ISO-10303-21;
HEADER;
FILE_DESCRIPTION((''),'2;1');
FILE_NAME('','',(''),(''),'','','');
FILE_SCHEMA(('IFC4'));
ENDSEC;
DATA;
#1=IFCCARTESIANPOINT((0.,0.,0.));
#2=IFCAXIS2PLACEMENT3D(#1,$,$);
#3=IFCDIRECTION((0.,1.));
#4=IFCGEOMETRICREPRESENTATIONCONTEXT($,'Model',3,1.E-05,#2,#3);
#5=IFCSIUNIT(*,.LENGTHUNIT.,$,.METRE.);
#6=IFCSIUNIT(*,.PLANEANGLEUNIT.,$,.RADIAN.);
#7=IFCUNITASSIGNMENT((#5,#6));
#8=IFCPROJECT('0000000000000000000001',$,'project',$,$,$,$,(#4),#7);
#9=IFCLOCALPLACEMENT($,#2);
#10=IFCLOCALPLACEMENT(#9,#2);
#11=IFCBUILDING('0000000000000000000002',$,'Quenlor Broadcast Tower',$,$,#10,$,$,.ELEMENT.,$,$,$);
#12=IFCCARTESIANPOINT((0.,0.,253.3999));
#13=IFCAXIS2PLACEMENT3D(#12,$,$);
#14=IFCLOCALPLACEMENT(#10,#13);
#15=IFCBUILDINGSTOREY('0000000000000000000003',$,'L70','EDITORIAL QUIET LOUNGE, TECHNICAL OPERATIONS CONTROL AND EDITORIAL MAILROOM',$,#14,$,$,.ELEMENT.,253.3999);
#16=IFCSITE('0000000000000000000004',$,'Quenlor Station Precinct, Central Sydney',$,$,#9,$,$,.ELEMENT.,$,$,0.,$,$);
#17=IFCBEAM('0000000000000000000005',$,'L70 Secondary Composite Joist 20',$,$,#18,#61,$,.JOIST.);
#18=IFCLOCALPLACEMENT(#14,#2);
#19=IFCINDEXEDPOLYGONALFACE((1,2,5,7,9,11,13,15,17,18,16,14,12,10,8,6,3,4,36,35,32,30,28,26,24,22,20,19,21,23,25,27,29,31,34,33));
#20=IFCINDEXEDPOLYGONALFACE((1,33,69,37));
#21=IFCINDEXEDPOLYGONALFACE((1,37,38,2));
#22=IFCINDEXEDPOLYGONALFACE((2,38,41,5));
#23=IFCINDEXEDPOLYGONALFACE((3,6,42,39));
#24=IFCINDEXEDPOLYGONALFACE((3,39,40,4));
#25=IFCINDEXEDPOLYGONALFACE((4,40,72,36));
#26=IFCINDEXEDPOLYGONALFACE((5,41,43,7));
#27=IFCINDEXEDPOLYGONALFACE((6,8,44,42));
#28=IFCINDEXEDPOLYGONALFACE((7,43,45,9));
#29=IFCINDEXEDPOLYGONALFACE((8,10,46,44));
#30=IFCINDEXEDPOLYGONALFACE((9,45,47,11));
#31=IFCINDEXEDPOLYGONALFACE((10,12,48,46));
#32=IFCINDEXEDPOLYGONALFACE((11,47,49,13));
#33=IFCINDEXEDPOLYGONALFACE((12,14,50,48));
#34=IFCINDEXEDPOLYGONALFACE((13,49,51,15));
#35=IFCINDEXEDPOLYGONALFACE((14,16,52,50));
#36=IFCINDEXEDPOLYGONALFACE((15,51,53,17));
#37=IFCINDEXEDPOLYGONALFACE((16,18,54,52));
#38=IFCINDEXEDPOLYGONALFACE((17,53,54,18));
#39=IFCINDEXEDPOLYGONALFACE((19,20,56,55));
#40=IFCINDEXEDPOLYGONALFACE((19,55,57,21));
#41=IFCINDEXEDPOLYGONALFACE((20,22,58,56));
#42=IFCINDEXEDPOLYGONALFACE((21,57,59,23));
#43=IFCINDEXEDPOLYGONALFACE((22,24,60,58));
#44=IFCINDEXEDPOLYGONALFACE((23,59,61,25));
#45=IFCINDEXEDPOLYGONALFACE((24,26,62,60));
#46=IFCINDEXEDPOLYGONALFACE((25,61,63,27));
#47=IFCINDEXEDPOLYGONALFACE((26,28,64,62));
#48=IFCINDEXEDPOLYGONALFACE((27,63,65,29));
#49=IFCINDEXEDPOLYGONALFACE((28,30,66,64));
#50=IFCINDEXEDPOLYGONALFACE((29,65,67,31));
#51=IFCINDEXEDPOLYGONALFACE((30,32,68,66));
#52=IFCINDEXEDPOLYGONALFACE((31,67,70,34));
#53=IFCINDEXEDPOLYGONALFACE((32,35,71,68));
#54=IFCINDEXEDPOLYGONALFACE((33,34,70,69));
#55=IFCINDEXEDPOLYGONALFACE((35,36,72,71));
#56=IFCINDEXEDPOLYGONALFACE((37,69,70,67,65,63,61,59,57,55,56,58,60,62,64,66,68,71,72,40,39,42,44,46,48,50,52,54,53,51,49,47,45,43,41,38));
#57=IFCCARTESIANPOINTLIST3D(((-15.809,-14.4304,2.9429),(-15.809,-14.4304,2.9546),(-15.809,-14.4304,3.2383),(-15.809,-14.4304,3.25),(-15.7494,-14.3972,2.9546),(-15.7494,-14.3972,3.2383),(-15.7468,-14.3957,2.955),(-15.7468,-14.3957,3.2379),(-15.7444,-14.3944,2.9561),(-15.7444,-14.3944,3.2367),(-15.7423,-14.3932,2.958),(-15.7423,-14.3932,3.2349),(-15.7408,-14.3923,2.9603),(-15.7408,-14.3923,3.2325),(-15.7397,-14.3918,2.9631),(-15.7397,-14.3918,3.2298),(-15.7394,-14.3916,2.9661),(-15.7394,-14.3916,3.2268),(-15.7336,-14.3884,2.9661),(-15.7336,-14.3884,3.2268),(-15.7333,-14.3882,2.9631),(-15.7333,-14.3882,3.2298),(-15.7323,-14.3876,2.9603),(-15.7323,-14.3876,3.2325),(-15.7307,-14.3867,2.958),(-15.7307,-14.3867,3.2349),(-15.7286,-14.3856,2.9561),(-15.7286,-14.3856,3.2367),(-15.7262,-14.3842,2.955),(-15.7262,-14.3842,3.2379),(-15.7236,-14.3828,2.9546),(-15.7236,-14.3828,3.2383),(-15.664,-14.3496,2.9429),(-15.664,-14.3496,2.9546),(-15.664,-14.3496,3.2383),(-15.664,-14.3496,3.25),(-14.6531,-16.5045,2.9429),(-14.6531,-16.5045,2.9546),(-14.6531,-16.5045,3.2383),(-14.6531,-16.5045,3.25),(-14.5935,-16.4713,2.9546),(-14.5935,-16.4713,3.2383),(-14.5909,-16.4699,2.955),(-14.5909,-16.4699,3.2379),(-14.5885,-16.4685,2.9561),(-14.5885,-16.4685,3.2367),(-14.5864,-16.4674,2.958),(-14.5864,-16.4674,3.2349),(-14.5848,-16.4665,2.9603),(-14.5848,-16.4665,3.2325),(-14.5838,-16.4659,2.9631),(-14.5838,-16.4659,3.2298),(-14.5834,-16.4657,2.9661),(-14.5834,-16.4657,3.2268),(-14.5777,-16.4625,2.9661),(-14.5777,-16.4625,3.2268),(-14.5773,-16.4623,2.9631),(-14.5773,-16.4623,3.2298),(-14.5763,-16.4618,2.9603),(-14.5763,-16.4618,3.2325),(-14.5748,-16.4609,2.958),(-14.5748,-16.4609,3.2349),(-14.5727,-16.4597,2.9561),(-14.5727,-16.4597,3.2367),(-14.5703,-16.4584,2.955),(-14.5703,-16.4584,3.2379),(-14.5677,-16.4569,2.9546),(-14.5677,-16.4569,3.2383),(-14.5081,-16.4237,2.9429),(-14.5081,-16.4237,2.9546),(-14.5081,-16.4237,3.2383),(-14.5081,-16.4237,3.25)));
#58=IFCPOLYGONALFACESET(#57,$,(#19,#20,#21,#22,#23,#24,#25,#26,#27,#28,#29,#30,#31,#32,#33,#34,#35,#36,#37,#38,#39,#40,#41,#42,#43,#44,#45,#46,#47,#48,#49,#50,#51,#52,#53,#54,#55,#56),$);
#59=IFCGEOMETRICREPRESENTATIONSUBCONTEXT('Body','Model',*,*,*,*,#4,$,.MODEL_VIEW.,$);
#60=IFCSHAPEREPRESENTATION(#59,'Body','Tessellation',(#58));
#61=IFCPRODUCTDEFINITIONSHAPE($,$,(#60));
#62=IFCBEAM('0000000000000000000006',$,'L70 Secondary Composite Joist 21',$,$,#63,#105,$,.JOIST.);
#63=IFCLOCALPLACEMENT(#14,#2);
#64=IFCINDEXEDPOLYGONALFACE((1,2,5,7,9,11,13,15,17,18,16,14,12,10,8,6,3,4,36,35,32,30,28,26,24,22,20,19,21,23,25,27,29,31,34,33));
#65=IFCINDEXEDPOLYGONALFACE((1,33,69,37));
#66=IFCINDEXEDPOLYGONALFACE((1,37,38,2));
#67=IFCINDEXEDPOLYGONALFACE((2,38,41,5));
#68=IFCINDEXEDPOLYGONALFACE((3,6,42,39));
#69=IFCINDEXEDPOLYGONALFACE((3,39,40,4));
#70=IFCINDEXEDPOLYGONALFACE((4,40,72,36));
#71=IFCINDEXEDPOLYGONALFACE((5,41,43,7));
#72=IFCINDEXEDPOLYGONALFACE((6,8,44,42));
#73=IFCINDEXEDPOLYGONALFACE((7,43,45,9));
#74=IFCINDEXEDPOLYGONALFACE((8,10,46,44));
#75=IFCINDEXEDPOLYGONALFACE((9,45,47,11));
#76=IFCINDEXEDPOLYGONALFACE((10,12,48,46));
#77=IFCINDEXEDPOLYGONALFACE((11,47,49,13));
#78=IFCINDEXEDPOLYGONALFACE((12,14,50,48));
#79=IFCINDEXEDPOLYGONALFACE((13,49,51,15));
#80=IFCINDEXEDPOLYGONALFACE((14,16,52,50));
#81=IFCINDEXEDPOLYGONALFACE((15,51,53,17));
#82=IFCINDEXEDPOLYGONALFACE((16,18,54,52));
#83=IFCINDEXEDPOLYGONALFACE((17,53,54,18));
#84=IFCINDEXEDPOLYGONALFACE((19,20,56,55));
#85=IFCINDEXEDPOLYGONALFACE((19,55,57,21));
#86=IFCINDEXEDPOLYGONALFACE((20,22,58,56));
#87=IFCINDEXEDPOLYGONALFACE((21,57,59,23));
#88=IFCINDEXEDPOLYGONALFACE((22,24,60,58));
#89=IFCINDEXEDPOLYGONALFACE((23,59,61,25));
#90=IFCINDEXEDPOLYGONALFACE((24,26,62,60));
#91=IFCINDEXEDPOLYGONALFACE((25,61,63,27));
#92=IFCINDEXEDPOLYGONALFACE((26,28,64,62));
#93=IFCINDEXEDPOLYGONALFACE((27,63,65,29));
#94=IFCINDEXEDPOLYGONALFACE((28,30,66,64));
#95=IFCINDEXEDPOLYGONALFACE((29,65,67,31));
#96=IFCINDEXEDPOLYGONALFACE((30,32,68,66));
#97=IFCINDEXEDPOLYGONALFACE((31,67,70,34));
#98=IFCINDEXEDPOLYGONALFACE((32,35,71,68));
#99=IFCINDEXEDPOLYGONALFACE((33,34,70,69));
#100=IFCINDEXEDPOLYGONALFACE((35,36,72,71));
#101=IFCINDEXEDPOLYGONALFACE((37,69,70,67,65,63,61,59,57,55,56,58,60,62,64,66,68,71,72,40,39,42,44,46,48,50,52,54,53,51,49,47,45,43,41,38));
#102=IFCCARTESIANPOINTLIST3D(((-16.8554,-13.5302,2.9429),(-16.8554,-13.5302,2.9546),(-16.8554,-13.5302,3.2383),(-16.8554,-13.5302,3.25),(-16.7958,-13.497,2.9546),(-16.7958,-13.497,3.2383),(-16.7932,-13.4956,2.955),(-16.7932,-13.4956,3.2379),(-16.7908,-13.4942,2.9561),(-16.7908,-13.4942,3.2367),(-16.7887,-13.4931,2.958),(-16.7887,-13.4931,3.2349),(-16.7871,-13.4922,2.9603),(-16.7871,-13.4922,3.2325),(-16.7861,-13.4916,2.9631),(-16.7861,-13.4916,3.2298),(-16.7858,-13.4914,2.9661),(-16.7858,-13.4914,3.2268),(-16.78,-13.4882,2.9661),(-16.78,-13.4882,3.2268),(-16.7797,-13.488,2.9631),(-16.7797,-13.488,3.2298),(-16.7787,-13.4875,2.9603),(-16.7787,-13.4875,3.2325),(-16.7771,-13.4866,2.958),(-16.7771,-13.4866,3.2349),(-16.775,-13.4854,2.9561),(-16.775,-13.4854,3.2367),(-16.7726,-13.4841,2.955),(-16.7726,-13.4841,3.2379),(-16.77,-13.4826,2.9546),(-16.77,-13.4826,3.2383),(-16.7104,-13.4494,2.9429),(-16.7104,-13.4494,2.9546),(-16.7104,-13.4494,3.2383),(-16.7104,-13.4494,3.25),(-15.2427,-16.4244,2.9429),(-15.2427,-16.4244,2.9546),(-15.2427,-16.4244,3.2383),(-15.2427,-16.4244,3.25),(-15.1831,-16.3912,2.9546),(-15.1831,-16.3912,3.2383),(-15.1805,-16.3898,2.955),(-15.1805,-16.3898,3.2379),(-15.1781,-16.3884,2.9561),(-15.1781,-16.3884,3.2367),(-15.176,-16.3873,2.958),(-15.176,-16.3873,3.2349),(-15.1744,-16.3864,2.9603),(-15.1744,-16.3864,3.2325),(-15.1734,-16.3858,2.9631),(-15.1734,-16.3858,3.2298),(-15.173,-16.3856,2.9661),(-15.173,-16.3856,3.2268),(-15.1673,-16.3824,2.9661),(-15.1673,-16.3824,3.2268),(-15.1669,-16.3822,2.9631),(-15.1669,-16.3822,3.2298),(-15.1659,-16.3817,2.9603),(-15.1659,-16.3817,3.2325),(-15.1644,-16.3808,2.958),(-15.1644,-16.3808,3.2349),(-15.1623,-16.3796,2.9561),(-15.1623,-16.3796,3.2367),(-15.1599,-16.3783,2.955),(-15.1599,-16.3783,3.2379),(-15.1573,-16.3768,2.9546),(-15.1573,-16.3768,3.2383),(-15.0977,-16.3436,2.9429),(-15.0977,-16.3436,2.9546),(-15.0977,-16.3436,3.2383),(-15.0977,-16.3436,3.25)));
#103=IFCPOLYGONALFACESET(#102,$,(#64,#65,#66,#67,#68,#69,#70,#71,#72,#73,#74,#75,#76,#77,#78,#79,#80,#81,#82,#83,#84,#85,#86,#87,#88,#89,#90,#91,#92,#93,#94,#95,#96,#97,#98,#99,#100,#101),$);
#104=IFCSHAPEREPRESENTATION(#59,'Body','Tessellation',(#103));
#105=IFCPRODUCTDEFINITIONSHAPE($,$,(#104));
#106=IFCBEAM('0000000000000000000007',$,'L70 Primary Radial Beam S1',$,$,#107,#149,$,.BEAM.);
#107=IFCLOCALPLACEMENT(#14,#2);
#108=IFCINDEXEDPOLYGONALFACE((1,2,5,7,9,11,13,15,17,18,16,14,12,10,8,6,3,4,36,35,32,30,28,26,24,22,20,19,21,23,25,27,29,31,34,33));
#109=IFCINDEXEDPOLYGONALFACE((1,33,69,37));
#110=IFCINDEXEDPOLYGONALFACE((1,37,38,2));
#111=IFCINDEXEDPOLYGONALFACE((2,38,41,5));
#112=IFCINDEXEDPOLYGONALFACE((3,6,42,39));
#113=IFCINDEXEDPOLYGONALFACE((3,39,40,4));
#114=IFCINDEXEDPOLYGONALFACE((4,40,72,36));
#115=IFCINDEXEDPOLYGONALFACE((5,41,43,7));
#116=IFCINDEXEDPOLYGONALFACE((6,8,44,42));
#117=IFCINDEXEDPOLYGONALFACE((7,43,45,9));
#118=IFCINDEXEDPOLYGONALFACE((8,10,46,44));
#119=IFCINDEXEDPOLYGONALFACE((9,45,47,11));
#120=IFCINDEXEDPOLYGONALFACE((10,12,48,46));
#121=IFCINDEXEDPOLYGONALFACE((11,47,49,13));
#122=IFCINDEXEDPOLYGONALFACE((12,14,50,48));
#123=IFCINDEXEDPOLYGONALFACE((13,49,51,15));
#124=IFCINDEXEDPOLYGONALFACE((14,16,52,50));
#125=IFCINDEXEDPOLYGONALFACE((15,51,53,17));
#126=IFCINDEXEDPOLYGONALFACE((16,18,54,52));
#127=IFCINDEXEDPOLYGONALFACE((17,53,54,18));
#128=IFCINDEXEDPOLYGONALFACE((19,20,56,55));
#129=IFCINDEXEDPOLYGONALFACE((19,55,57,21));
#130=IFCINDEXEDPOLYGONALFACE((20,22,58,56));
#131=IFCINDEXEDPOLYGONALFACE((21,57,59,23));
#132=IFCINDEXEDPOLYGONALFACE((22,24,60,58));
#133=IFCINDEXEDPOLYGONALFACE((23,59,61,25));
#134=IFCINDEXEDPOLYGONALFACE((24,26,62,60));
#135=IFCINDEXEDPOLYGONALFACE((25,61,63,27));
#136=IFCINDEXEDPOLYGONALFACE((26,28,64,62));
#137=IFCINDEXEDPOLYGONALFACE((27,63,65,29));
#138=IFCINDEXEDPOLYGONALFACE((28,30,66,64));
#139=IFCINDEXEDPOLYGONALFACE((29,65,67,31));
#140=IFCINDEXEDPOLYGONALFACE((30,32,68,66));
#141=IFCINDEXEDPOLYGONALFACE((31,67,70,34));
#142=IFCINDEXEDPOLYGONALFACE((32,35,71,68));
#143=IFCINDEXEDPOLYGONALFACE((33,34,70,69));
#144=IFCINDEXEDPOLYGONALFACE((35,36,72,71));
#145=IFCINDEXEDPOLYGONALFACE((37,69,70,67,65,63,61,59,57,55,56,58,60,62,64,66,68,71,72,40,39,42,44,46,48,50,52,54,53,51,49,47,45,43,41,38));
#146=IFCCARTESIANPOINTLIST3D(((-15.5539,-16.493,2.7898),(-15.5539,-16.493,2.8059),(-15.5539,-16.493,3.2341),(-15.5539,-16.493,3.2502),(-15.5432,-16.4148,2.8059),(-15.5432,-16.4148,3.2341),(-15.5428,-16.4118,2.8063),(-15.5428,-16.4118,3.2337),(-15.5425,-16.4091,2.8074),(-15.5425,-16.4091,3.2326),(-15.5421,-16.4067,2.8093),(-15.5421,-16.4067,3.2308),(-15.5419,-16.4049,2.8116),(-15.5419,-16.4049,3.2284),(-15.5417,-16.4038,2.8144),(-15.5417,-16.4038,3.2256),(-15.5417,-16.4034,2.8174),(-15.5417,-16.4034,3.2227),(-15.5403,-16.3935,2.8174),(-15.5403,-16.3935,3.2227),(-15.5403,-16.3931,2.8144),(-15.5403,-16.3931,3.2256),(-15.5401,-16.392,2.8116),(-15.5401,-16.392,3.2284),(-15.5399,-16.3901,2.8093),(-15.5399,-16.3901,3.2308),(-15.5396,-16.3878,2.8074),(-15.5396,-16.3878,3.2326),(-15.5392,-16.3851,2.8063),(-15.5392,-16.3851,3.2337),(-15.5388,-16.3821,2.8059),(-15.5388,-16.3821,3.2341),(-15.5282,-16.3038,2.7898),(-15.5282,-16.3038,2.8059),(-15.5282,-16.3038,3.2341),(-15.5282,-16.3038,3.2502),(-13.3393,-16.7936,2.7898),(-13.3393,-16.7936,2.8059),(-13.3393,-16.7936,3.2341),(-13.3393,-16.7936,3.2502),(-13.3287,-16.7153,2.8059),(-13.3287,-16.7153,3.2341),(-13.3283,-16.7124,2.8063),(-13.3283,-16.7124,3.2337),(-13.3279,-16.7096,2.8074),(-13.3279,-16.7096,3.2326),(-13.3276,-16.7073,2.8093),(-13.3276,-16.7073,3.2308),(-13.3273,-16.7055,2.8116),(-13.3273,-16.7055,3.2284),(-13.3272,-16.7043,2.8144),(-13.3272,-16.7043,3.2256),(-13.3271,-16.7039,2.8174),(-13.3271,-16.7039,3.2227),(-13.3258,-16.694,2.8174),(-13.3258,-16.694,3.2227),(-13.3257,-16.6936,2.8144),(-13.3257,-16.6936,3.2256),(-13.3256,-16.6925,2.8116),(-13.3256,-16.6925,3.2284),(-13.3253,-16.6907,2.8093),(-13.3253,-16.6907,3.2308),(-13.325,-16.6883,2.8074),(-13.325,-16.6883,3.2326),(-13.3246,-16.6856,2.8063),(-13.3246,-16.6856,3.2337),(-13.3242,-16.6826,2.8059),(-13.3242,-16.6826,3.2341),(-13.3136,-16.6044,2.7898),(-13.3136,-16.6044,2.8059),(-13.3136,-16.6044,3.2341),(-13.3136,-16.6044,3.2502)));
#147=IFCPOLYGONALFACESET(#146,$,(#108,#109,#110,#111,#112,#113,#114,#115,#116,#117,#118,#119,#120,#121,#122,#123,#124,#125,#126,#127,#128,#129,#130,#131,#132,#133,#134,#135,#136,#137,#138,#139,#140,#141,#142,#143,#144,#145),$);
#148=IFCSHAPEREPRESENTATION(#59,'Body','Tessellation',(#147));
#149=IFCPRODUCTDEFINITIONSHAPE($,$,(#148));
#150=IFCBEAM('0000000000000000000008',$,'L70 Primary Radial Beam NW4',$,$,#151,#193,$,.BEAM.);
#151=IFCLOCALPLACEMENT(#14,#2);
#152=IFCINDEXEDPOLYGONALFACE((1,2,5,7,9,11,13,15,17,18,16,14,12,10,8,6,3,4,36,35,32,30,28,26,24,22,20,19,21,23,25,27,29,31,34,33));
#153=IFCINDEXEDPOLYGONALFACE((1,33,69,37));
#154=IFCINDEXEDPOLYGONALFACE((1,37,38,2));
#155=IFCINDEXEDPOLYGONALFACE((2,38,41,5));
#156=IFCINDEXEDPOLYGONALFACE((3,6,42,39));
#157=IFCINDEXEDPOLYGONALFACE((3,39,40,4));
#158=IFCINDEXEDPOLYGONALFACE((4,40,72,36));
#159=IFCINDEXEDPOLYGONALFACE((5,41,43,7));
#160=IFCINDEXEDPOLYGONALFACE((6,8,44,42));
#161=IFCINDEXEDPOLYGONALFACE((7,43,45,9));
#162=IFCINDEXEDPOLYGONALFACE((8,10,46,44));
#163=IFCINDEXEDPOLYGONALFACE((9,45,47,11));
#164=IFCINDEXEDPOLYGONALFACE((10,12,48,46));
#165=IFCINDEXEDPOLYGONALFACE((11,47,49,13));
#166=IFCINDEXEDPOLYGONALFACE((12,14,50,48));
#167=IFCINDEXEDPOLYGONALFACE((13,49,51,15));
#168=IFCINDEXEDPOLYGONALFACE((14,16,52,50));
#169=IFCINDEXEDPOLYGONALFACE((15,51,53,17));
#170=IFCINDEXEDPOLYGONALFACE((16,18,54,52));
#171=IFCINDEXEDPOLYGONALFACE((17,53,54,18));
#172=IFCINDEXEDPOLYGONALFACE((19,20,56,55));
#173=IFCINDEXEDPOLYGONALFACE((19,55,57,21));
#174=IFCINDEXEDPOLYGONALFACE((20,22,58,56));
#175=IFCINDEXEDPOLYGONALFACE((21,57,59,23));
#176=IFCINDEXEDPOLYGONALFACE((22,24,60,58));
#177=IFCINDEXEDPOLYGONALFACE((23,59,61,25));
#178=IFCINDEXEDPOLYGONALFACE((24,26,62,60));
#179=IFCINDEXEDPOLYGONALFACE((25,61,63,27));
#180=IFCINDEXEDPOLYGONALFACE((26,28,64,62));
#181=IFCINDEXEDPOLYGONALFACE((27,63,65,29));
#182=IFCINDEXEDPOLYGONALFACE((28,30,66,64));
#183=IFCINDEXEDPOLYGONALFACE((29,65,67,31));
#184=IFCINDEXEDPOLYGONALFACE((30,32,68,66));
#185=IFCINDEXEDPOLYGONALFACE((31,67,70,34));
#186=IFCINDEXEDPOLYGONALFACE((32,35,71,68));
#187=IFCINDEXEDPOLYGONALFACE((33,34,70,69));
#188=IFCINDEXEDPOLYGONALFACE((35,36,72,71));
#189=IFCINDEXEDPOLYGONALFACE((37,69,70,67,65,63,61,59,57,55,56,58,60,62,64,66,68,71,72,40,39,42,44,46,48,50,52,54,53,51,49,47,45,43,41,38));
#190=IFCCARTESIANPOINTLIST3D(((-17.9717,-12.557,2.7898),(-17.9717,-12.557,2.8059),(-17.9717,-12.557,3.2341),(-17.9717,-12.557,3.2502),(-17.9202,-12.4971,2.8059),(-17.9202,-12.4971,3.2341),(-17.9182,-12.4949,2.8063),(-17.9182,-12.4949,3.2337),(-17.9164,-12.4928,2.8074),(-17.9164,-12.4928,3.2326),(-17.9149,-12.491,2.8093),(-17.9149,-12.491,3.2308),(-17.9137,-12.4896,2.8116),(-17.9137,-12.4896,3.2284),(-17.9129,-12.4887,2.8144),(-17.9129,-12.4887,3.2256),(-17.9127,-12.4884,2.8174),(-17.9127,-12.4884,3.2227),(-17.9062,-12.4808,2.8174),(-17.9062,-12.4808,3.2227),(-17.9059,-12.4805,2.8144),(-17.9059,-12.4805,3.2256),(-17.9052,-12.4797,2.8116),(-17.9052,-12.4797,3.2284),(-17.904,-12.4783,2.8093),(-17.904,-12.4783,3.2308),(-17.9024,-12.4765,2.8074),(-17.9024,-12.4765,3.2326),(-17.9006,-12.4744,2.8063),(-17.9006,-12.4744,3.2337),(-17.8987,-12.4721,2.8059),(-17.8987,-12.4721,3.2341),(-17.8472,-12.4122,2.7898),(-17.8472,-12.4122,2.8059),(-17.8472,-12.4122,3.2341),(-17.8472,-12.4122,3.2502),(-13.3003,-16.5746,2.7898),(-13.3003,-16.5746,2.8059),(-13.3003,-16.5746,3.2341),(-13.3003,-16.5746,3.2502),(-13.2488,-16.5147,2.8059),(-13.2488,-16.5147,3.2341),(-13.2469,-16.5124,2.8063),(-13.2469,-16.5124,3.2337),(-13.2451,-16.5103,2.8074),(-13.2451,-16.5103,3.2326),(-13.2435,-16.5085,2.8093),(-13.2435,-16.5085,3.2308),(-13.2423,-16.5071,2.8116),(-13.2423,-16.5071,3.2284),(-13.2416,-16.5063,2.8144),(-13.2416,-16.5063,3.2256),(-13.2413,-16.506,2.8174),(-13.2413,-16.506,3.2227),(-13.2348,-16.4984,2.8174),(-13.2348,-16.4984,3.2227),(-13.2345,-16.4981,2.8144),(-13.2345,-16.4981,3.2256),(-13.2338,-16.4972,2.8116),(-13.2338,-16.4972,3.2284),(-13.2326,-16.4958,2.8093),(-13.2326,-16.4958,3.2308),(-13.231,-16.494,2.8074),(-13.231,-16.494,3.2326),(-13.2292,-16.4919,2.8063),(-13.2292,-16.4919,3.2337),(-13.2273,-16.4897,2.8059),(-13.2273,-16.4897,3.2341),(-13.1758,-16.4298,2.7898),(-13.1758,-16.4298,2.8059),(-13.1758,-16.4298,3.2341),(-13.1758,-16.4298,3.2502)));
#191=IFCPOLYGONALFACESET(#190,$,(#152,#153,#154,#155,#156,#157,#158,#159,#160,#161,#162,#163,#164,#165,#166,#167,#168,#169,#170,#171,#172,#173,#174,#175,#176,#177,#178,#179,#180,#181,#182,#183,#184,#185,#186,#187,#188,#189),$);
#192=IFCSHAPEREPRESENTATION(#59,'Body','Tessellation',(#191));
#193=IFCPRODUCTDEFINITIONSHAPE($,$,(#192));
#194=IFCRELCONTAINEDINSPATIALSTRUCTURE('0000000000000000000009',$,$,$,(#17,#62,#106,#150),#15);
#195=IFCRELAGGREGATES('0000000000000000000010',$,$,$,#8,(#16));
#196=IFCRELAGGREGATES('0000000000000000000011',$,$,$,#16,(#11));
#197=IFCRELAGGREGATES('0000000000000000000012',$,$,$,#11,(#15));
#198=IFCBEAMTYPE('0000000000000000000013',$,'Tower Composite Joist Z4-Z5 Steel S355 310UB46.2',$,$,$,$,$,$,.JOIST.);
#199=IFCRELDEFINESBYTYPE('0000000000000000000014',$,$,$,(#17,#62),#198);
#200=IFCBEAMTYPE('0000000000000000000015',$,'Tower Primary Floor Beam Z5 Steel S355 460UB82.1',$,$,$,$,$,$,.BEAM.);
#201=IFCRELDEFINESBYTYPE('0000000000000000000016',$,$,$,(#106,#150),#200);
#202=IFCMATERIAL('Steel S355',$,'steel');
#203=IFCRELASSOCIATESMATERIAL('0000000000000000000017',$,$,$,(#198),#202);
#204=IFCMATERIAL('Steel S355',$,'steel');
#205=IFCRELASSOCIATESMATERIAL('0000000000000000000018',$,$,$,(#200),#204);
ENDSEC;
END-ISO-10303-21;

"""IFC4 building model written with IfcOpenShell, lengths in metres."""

from ifc_helpers import new_model, si_unit, direction, frame, origin, origin_2d, place, context, subcontext, project, spatial, i_section, extrude, material, material_profile, profile_set, type_object, element, save


model = new_model("IFC4")

# Units and contexts
model_context = context("Model", 3, precision=1e-05, world=origin(), true_north=direction((0.0, 1.0)))
body_context = subcontext(model_context, "Body", "Model", "MODEL_VIEW")
ifc_project = project(units=[si_unit("LENGTHUNIT", "METRE"), si_unit("PLANEANGLEUNIT", "RADIAN")], contexts=[model_context])

# Site, building, storey
site_placement = place(None, origin())
site = spatial("IfcSite", under=ifc_project, at=site_placement, Name="Quenlor Station Precinct, Central Sydney", CompositionType="ELEMENT", RefElevation=0.0)
building_placement = place(site_placement, origin())
building = spatial("IfcBuilding", under=site, at=building_placement, Name="Quenlor Broadcast Tower", CompositionType="ELEMENT")
storey_placement = place(building_placement, frame((0.0, 0.0, 253.3999)))
storey = spatial("IfcBuildingStorey", under=building, at=storey_placement, Name="L70", Description="EDITORIAL QUIET LOUNGE, TECHNICAL OPERATIONS CONTROL AND EDITORIAL MAILROOM", CompositionType="ELEMENT", Elevation=253.3999)

# Beams
ifc_material_1 = material(Name="Steel S355", Category="steel")
ifc_material_profile_1 = material_profile(ifc_material_1, i_section(OverallWidth=0.166, OverallDepth=0.3071, WebThickness=0.0066, FlangeThickness=0.0117, FilletRadius=0.0115, at=origin_2d()))
ifc_profile_set_1 = profile_set([ifc_material_profile_1], Name="Steel S355 310UB46.2")
beam_type_1 = type_object("IfcBeamType", Name="Tower Composite Joist Z4-Z5 Steel S355 310UB46.2", PredefinedType="JOIST", material=ifc_profile_set_1)
beam_1_placement = place(storey_placement, frame((-14.5806, -16.4641, 3.0964), z_axis=(-0.486821, 0.873502, 0.0), x_axis=(-0.873502, -0.486821, 0.0)))
element("IfcBeam", 1, at=beam_1_placement, inside=storey, type_object=beam_type_1, Name="L70 Secondary Composite Joist 20", PredefinedType="JOIST", context=body_context, shape_type="SweptSolid", body=[
    extrude(i_section(OverallWidth=0.166, OverallDepth=0.3071, WebThickness=0.0066, FlangeThickness=0.0117, FilletRadius=0.0115, at=origin_2d()), origin(), (0.0, 0.0, 1.0), 2.3745),
])
beam_2_placement = place(storey_placement, frame((-15.1702, -16.384, 3.0964), z_axis=(-0.486762, 0.873534, 0.0), x_axis=(-0.873534, -0.486762, 0.0)))
element("IfcBeam", 2, at=beam_2_placement, inside=storey, type_object=beam_type_1, Name="L70 Secondary Composite Joist 21", PredefinedType="JOIST", context=body_context, shape_type="SweptSolid", body=[
    extrude(i_section(OverallWidth=0.166, OverallDepth=0.3071, WebThickness=0.0066, FlangeThickness=0.0117, FilletRadius=0.0115, at=origin_2d()), origin(), (0.0, 0.0, 1.0), 3.3132),
])
ifc_material_2 = material(Name="Steel S355", Category="steel")
ifc_material_profile_2 = material_profile(ifc_material_2, i_section(OverallWidth=0.1909, OverallDepth=0.4604, WebThickness=0.01, FlangeThickness=0.0161, FilletRadius=0.0115, at=origin_2d()))
ifc_profile_set_2 = profile_set([ifc_material_profile_2], Name="Steel S355 460UB82.1")
beam_type_2 = type_object("IfcBeamType", Name="Tower Primary Floor Beam Z5 Steel S355 460UB82.1", PredefinedType="BEAM", material=ifc_profile_set_2)
beam_3_placement = place(storey_placement, frame((-15.541, -16.3984, 3.02), z_axis=(0.990917, -0.134475, 0.0), x_axis=(0.134475, 0.990917, 0.0)))
element("IfcBeam", 3, at=beam_3_placement, inside=storey, type_object=beam_type_2, Name="L70 Primary Radial Beam S1", PredefinedType="BEAM", context=body_context, shape_type="SweptSolid", body=[
    extrude(i_section(OverallWidth=0.1909, OverallDepth=0.4604, WebThickness=0.01, FlangeThickness=0.0161, FilletRadius=0.0115, at=origin_2d()), origin(), (0.0, 0.0, 1.0), 2.2349),
])
beam_4_placement = place(storey_placement, frame((-17.9094, -12.4846, 3.02), z_axis=(0.75817, -0.652057, 0.0), x_axis=(0.652057, 0.75817, 0.0)))
element("IfcBeam", 4, at=beam_4_placement, inside=storey, type_object=beam_type_2, Name="L70 Primary Radial Beam NW4", PredefinedType="BEAM", context=body_context, shape_type="SweptSolid", body=[
    extrude(i_section(OverallWidth=0.1909, OverallDepth=0.4604, WebThickness=0.01, FlangeThickness=0.0161, FilletRadius=0.0115, at=origin_2d()), origin(), (0.0, 0.0, 1.0), 6.1614),
])

save(model, "model.ifc")
